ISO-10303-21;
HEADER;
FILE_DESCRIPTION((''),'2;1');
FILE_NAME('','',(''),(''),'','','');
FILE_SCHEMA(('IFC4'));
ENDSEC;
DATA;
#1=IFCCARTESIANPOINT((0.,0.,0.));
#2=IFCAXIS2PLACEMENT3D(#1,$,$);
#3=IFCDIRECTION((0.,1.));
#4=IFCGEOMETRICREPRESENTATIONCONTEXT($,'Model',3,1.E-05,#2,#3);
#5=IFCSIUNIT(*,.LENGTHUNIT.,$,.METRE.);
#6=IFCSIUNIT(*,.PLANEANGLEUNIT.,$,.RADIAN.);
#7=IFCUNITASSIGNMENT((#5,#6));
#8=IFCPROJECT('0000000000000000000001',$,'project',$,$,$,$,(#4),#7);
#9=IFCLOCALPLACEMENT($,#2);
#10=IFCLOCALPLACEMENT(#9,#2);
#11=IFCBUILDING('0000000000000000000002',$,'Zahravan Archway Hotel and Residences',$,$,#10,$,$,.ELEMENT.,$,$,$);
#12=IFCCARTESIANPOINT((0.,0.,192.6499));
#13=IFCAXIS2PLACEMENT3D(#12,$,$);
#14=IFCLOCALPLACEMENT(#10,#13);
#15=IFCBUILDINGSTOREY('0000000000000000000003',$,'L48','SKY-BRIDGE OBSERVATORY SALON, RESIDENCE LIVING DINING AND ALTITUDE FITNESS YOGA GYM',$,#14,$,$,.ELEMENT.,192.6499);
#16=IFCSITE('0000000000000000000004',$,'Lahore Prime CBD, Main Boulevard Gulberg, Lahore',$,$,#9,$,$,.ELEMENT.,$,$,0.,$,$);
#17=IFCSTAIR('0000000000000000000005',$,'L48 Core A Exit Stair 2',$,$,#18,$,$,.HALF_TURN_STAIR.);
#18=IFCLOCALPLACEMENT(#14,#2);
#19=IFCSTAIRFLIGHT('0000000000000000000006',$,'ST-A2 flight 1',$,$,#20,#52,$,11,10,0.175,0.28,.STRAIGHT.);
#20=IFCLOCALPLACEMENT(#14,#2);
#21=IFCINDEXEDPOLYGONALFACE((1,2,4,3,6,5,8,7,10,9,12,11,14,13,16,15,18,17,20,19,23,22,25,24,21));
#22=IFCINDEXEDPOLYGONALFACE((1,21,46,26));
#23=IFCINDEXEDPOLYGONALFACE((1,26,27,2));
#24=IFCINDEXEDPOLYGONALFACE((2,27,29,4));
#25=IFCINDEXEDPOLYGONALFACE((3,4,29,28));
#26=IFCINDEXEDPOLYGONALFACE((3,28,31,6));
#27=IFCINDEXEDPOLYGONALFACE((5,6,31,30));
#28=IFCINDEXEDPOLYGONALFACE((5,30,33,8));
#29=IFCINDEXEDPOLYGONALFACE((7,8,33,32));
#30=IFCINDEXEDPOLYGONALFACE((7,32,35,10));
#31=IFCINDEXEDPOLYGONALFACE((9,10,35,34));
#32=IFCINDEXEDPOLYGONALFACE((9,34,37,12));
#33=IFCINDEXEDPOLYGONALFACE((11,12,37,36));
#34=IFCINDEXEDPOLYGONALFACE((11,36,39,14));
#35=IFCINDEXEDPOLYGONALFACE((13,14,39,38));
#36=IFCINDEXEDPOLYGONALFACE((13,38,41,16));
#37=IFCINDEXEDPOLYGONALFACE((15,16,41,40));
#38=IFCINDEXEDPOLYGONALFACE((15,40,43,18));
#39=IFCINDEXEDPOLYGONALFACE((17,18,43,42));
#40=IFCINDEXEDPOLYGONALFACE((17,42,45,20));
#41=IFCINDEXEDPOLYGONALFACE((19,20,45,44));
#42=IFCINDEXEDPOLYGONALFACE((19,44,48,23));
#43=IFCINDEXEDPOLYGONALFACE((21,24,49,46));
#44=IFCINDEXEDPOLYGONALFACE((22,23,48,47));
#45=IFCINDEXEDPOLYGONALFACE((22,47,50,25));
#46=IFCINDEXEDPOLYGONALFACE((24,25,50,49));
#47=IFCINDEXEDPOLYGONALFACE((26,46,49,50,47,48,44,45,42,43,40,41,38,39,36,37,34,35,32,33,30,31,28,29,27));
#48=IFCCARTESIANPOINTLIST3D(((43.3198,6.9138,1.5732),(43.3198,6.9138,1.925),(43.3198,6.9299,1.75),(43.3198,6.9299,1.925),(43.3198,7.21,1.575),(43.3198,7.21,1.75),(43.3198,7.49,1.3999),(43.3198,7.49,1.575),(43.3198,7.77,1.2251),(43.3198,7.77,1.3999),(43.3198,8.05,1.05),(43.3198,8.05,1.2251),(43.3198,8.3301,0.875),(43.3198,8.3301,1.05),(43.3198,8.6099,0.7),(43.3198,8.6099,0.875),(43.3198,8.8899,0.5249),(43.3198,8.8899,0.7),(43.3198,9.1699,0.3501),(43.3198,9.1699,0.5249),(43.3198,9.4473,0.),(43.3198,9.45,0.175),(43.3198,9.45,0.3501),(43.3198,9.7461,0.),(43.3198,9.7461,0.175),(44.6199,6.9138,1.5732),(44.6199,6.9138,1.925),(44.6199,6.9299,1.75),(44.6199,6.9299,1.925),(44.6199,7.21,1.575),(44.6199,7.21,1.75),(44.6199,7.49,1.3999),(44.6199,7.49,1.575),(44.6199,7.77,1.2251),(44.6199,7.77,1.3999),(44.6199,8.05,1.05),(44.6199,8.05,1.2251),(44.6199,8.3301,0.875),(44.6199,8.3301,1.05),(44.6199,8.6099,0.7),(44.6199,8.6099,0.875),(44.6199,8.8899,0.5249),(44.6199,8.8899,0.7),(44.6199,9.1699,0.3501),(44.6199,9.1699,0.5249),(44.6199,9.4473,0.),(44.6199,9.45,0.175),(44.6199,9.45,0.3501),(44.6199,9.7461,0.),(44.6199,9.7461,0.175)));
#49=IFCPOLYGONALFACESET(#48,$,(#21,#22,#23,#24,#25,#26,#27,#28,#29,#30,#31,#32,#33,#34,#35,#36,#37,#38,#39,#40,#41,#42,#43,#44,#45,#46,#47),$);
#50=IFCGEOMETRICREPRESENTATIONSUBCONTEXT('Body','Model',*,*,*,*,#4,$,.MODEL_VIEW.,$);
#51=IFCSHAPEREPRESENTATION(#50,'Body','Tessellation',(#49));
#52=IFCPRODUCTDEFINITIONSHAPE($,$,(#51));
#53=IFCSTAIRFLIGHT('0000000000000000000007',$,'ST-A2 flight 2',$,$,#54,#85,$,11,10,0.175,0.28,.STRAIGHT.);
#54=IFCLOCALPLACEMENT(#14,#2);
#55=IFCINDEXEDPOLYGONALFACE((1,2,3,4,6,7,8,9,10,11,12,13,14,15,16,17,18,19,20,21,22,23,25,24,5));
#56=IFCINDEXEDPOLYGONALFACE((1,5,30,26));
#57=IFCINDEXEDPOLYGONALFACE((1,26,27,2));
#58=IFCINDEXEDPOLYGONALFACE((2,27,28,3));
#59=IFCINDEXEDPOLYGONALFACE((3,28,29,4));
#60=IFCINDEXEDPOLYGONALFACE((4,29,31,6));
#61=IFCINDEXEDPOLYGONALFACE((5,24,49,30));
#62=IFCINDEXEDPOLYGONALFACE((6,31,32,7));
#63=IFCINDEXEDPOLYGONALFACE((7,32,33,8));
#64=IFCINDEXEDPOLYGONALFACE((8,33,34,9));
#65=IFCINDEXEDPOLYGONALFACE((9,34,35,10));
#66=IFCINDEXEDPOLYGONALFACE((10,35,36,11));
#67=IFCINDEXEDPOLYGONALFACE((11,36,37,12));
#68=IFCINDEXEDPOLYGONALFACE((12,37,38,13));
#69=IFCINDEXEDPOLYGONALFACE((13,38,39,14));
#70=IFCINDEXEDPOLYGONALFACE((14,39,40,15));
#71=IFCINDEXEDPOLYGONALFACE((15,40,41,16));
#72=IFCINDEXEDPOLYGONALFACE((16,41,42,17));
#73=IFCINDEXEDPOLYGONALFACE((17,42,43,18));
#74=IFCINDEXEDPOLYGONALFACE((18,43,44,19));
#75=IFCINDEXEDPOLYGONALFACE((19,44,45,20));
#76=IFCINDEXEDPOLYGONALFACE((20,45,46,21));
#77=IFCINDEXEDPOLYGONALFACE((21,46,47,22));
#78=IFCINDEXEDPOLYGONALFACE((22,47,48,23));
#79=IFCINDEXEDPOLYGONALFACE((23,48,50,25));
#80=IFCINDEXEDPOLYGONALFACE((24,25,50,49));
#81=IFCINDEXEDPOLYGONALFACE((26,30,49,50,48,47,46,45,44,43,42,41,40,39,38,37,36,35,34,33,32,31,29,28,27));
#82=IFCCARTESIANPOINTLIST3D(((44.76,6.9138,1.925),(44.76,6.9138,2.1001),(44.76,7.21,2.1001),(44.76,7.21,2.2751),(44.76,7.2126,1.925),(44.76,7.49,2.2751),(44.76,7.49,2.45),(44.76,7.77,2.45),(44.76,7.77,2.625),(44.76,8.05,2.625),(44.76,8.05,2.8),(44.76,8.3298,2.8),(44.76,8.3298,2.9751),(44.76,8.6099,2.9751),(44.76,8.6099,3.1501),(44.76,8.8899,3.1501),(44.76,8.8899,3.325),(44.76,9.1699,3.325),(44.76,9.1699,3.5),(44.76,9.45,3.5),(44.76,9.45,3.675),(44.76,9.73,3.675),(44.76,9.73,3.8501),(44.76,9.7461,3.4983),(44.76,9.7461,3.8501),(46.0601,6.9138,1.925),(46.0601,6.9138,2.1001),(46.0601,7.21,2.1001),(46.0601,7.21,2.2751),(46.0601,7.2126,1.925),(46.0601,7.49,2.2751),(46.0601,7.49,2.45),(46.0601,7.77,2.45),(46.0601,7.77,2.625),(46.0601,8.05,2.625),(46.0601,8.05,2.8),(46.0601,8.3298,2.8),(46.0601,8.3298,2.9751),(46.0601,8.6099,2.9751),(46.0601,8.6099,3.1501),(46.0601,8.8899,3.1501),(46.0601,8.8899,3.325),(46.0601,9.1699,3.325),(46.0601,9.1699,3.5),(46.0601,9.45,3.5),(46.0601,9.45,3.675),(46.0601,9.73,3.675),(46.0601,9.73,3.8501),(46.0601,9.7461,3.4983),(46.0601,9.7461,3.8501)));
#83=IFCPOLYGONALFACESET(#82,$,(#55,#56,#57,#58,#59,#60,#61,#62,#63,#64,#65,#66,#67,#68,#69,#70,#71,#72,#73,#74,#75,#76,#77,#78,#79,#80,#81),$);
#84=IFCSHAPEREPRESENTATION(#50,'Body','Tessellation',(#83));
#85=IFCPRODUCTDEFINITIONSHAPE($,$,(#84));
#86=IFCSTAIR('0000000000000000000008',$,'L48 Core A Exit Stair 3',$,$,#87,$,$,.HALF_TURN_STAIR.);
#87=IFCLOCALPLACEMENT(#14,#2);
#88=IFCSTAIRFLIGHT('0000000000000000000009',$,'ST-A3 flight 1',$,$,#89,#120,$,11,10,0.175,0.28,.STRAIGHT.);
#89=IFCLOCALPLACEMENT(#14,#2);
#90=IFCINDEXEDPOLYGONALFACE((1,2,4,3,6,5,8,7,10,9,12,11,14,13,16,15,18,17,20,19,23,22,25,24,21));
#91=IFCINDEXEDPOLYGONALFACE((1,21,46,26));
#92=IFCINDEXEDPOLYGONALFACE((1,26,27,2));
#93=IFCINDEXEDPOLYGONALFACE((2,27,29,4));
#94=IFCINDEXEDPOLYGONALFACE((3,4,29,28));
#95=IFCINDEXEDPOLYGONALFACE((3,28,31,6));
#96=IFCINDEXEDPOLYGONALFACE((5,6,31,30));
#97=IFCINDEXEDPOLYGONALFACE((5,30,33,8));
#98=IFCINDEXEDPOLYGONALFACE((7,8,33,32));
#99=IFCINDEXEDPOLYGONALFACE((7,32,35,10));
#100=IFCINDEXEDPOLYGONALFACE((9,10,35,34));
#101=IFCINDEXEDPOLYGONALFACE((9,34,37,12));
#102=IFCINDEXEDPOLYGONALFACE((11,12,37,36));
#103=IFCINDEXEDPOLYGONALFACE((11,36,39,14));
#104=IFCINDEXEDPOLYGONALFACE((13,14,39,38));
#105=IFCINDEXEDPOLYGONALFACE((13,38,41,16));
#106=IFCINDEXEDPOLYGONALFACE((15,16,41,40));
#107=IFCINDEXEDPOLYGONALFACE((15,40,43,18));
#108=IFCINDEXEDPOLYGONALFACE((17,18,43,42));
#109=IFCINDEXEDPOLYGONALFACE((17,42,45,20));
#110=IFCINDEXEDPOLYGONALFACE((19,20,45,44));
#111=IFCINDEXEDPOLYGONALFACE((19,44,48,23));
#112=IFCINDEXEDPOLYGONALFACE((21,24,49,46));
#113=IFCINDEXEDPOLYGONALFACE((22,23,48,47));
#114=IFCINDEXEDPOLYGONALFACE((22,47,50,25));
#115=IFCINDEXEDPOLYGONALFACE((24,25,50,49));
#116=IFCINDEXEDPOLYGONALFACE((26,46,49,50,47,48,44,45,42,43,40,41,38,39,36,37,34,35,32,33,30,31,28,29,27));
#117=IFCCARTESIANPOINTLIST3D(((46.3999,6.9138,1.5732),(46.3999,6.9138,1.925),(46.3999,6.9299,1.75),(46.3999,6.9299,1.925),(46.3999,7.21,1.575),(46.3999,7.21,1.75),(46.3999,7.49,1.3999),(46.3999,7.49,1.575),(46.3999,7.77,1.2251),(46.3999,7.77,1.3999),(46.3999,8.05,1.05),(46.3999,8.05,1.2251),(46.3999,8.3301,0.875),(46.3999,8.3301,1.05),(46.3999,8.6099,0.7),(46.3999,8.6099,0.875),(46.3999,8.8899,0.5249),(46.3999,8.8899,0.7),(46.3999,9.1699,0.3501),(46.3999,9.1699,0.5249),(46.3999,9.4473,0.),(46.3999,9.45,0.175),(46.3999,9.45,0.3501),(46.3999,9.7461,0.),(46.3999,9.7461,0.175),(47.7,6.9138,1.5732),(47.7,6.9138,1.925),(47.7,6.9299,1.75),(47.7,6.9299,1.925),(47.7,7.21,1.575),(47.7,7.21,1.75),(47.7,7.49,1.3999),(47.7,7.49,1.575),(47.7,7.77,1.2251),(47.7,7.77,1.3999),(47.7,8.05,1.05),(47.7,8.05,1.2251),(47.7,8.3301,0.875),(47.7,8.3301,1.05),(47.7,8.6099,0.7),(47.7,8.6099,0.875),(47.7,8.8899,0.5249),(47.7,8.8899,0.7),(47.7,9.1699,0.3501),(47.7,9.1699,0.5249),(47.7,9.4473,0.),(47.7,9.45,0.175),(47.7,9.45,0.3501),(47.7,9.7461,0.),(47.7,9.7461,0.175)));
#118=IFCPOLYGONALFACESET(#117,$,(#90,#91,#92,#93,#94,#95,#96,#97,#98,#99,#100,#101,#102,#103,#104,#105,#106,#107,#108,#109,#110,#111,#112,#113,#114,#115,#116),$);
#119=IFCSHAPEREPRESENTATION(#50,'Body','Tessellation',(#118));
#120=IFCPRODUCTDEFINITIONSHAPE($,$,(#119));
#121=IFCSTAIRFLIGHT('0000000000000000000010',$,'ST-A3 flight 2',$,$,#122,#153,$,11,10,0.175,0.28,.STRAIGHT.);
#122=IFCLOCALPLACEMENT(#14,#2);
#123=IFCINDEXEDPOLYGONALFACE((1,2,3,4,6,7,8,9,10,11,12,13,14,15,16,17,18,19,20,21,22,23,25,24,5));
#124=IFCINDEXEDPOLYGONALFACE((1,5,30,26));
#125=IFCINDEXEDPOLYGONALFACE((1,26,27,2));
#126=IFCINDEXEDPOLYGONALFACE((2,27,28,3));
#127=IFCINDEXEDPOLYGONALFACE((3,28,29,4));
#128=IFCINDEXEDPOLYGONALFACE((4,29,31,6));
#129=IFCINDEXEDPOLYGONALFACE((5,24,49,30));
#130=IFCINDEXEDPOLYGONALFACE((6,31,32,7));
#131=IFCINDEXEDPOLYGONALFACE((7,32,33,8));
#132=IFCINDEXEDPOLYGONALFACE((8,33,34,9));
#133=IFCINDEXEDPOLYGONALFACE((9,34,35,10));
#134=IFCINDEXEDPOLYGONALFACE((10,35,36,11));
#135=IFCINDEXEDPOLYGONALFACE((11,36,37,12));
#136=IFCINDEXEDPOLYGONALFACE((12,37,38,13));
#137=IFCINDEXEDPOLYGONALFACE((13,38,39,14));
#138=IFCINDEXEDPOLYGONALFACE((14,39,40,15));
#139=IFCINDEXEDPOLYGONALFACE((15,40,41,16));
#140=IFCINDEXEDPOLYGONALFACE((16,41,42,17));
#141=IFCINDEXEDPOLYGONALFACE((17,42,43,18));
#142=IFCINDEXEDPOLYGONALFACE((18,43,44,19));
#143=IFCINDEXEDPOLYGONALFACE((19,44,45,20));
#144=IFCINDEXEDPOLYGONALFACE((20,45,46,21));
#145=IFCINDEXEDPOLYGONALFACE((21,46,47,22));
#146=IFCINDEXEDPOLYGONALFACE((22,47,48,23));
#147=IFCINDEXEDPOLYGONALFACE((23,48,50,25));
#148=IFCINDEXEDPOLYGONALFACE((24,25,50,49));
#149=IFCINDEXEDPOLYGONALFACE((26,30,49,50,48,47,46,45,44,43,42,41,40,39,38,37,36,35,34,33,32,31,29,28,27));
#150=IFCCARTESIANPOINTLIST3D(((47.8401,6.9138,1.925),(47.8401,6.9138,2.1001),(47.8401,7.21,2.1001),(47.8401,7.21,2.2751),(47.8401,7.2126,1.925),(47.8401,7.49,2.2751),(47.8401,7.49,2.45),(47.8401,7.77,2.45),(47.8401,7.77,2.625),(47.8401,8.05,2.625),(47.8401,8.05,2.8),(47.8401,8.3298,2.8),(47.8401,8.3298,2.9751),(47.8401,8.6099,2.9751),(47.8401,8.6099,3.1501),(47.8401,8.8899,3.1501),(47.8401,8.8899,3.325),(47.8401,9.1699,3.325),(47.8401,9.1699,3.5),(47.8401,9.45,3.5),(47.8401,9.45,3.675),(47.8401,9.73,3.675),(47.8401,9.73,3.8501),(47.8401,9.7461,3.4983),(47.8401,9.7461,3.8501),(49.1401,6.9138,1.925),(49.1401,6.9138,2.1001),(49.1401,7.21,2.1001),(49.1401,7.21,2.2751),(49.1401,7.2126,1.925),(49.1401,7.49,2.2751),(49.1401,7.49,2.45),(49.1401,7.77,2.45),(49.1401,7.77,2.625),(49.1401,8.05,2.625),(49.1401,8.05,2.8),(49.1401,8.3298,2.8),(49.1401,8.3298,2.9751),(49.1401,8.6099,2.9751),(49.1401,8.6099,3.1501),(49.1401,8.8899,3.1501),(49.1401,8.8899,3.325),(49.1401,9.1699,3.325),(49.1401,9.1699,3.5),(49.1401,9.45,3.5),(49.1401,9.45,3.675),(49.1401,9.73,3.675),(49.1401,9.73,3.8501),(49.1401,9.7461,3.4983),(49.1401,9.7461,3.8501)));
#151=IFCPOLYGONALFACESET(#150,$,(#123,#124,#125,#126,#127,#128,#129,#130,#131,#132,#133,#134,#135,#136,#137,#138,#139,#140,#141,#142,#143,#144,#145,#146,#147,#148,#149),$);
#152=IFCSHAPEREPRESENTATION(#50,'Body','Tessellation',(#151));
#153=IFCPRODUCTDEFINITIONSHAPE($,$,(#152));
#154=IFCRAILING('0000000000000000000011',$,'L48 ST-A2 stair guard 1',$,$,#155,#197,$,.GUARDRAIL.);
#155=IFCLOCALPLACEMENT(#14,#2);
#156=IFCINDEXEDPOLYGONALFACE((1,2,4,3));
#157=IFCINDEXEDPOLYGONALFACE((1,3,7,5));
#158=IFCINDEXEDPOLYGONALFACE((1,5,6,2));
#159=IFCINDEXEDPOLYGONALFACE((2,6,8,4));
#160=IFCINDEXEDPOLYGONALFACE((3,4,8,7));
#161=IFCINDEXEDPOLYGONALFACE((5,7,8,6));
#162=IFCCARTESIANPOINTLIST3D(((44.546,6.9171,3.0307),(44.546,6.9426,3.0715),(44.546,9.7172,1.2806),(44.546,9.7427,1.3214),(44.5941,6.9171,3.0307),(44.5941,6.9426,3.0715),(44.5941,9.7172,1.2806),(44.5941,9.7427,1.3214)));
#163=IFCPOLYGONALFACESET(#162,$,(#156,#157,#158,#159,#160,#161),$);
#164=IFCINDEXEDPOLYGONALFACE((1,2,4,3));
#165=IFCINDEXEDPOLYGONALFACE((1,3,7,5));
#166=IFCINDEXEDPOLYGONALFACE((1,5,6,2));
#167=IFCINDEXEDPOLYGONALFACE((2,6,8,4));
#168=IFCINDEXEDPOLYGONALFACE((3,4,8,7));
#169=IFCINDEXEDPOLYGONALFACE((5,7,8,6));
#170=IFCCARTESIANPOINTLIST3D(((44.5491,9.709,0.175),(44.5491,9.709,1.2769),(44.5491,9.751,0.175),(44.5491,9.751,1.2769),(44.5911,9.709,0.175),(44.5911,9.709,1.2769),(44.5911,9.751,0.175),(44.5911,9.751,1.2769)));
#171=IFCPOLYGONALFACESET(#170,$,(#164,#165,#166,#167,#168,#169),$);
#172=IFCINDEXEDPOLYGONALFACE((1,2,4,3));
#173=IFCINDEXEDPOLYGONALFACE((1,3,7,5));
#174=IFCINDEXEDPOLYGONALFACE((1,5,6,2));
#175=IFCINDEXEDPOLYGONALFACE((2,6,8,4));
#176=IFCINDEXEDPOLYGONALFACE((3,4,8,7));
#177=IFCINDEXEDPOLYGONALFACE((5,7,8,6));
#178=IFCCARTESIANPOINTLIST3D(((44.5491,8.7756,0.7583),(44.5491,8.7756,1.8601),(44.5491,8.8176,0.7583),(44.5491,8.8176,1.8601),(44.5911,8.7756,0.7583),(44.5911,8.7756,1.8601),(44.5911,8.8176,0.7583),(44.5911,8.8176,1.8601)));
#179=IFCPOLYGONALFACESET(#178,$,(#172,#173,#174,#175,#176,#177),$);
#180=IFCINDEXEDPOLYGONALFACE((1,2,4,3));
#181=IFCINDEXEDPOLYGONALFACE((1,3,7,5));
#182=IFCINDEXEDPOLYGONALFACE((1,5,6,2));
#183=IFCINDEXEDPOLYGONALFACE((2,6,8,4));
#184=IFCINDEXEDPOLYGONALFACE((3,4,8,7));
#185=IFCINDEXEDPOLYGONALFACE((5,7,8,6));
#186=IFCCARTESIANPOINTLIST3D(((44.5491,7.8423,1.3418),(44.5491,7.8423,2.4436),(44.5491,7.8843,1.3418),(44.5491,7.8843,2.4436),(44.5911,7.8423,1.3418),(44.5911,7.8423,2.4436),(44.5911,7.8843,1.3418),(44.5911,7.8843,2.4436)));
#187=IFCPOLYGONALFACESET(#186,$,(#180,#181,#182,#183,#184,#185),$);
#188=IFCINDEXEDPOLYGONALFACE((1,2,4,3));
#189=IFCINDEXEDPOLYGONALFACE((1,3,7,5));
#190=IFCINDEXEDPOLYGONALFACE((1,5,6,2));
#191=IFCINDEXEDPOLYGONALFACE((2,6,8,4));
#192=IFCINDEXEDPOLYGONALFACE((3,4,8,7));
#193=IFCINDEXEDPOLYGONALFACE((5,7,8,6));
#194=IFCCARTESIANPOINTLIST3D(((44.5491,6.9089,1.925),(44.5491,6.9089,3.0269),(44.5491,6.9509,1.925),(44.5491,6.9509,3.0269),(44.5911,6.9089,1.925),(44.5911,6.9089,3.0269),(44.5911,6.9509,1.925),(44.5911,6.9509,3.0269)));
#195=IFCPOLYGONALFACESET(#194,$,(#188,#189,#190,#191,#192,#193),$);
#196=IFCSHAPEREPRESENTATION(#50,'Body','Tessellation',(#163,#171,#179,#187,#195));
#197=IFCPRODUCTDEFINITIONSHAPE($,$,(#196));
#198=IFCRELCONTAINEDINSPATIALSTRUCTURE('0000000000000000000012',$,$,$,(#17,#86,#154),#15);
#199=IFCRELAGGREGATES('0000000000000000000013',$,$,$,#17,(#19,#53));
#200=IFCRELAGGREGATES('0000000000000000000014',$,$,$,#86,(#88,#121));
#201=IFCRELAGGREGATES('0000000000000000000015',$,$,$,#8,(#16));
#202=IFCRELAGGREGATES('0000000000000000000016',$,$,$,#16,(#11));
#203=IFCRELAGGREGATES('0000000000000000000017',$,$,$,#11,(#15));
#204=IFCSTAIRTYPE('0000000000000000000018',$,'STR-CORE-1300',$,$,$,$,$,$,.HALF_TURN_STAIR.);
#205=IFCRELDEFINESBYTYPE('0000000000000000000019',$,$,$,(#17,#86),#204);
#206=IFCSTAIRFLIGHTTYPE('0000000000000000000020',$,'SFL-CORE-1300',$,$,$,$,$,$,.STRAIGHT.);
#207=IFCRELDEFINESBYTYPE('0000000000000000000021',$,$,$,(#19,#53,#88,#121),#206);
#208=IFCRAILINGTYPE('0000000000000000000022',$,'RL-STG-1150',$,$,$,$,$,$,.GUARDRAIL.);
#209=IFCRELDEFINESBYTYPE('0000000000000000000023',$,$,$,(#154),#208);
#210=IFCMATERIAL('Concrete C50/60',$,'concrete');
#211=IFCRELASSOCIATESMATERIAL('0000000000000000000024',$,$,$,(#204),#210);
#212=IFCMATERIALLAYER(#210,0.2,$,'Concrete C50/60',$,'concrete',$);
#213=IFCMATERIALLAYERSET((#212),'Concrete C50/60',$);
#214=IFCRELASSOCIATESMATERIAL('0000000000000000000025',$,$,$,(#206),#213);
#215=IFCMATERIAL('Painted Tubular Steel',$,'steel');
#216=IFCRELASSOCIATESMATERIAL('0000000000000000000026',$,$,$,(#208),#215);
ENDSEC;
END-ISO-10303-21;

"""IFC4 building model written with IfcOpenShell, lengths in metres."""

from ifc_helpers import new_model, si_unit, direction, frame, origin, origin_2d, place, context, subcontext, project, spatial, polyline, rectangle, outline, extrude, source, transform, mapped, material, layer, layer_set, type_object, element, aggregate, save


model = new_model("IFC4")

# Units and contexts
model_context = context("Model", 3, precision=1e-05, world=origin(), true_north=direction((0.0, 1.0)))
body_context = subcontext(model_context, "Body", "Model", "MODEL_VIEW")
ifc_project = project(units=[si_unit("LENGTHUNIT", "METRE"), si_unit("PLANEANGLEUNIT", "RADIAN")], contexts=[model_context])

# Site, building, storey
site_placement = place(None, origin())
site = spatial("IfcSite", under=ifc_project, at=site_placement, Name="Lahore Prime CBD, Main Boulevard Gulberg, Lahore", CompositionType="ELEMENT", RefElevation=0.0)
building_placement = place(site_placement, origin())
building = spatial("IfcBuilding", under=site, at=building_placement, Name="Zahravan Archway Hotel and Residences", CompositionType="ELEMENT")
storey_placement = place(building_placement, frame((0.0, 0.0, 192.6499)))
storey = spatial("IfcBuildingStorey", under=building, at=storey_placement, Name="L48", Description="SKY-BRIDGE OBSERVATORY SALON, RESIDENCE LIVING DINING AND ALTITUDE FITNESS YOGA GYM", CompositionType="ELEMENT", Elevation=192.6499)

# Shared definitions
ifc_material_1 = material(Name="Concrete C50/60", Category="concrete")

# Stairs, stair flights
stair_type = type_object("IfcStairType", Name="STR-CORE-1300", PredefinedType="HALF_TURN_STAIR", material=ifc_material_1)
stair_1_placement = place(storey_placement, origin())
stair_1 = element("IfcStair", 1, at=stair_1_placement, inside=storey, type_object=stair_type, Name="L48 Core A Exit Stair 2", PredefinedType="HALF_TURN_STAIR")
ifc_layer_1 = layer(ifc_material_1, 0.2, Name="Concrete C50/60", Category="concrete")
ifc_layer_set_1 = layer_set([ifc_layer_1], Name="Concrete C50/60")
stair_flight_type = type_object("IfcStairFlightType", Name="SFL-CORE-1300", PredefinedType="STRAIGHT", material=ifc_layer_set_1)
shared_shape_1 = source(origin(), body_context, "Body", "SweptSolid", [
    extrude(outline(polyline([(-0.0161, 0.0), (-0.0161, 0.175), (0.28, 0.175), (0.28, 0.3501), (0.5601, 0.3501), (0.5601, 0.5249), (0.8401, 0.5249), (0.8401, 0.7), (1.1201, 0.7), (1.1201, 0.875), (1.3999, 0.875), (1.3999, 1.05), (1.6799, 1.05), (1.6799, 1.2251), (1.96, 1.2251), (1.96, 1.3999), (2.24, 1.3999), (2.24, 1.575), (2.52, 1.575), (2.52, 1.75), (2.8, 1.75), (2.8, 1.925), (2.8162, 1.925), (2.8162, 1.5732), (0.2827, 0.0), (-0.0161, 0.0)])), frame((0.0, 0.6499, 0.0), z_axis=(0.0, -1.0, 0.0), x_axis=(1.0, 0.0, 0.0)), (0.0, 0.0, 1.0), 1.3),
])
stair_flight_1_placement = place(storey_placement, frame((43.97, 9.73, 0.0), z_axis=(0.0, 0.0, 1.0), x_axis=(0.0, -1.0, 0.0)))
stair_flight_1 = element("IfcStairFlight", 2, at=stair_flight_1_placement, type_object=stair_flight_type, Name="ST-A2 flight 1", NumberOfRisers=11, NumberOfTreads=10, PredefinedType="STRAIGHT", RiserHeight=0.175, TreadLength=0.28, context=body_context, shape_type="MappedRepresentation", body=[
    mapped(shared_shape_1, transform((0.0, 0.0, 0.0), scale=1.0)),
])
stair_flight_2_placement = place(storey_placement, frame((45.4099, 6.9299, 1.925), z_axis=(0.0, 0.0, 1.0), x_axis=(0.0, 1.0, 0.0)))
stair_flight_2 = element("IfcStairFlight", 3, at=stair_flight_2_placement, type_object=stair_flight_type, Name="ST-A2 flight 2", NumberOfRisers=11, NumberOfTreads=10, PredefinedType="STRAIGHT", RiserHeight=0.175, TreadLength=0.28, context=body_context, shape_type="MappedRepresentation", body=[
    mapped(shared_shape_1, transform((0.0, 0.0, 0.0), scale=1.0)),
])
aggregate(stair_1, [stair_flight_1, stair_flight_2])
stair_2_placement = place(storey_placement, origin())
stair_2 = element("IfcStair", 4, at=stair_2_placement, inside=storey, type_object=stair_type, Name="L48 Core A Exit Stair 3", PredefinedType="HALF_TURN_STAIR")
stair_flight_3_placement = place(storey_placement, frame((47.05, 9.73, 0.0), z_axis=(0.0, 0.0, 1.0), x_axis=(0.0, -1.0, 0.0)))
stair_flight_3 = element("IfcStairFlight", 5, at=stair_flight_3_placement, type_object=stair_flight_type, Name="ST-A3 flight 1", NumberOfRisers=11, NumberOfTreads=10, PredefinedType="STRAIGHT", RiserHeight=0.175, TreadLength=0.28, context=body_context, shape_type="MappedRepresentation", body=[
    mapped(shared_shape_1, transform((0.0, 0.0, 0.0), scale=1.0)),
])
stair_flight_4_placement = place(storey_placement, frame((48.49, 6.9299, 1.925), z_axis=(0.0, 0.0, 1.0), x_axis=(0.0, 1.0, 0.0)))
stair_flight_4 = element("IfcStairFlight", 6, at=stair_flight_4_placement, type_object=stair_flight_type, Name="ST-A3 flight 2", NumberOfRisers=11, NumberOfTreads=10, PredefinedType="STRAIGHT", RiserHeight=0.175, TreadLength=0.28, context=body_context, shape_type="MappedRepresentation", body=[
    mapped(shared_shape_1, transform((0.0, 0.0, 0.0), scale=1.0)),
])
aggregate(stair_2, [stair_flight_3, stair_flight_4])

# Railing
ifc_material_2 = material(Name="Painted Tubular Steel", Category="steel")
railing_type_1 = type_object("IfcRailingType", Name="RL-STG-1150", PredefinedType="GUARDRAIL", material=ifc_material_2)
railing_1_placement = place(storey_placement, frame((44.5701, 9.73, 0.175)))
element("IfcRailing", 7, at=railing_1_placement, inside=storey, type_object=railing_type_1, Name="L48 ST-A2 stair guard 1", PredefinedType="GUARDRAIL", context=body_context, shape_type="SweptSolid", body=[
    extrude(rectangle(XDim=0.0481, YDim=0.0481, at=origin_2d()), frame((0.0, 0.0, 1.126), z_axis=(0.0, -0.848002, 0.529992), x_axis=(1.0, 0.0, 0.0)), (0.0, 0.0, 1.0), 3.302),
    extrude(rectangle(XDim=0.042, YDim=0.042, at=origin_2d()), origin(), (0.0, 0.0, 1.0), 1.1018),
    extrude(rectangle(XDim=0.042, YDim=0.042, at=origin_2d()), frame((0.0, -0.9333, 0.5833)), (0.0, 0.0, 1.0), 1.1018),
    extrude(rectangle(XDim=0.042, YDim=0.042, at=origin_2d()), frame((0.0, -1.8667, 1.1667)), (0.0, 0.0, 1.0), 1.1018),
    extrude(rectangle(XDim=0.042, YDim=0.042, at=origin_2d()), frame((0.0, -2.8, 1.75)), (0.0, 0.0, 1.0), 1.1018),
])

save(model, "model.ifc")
